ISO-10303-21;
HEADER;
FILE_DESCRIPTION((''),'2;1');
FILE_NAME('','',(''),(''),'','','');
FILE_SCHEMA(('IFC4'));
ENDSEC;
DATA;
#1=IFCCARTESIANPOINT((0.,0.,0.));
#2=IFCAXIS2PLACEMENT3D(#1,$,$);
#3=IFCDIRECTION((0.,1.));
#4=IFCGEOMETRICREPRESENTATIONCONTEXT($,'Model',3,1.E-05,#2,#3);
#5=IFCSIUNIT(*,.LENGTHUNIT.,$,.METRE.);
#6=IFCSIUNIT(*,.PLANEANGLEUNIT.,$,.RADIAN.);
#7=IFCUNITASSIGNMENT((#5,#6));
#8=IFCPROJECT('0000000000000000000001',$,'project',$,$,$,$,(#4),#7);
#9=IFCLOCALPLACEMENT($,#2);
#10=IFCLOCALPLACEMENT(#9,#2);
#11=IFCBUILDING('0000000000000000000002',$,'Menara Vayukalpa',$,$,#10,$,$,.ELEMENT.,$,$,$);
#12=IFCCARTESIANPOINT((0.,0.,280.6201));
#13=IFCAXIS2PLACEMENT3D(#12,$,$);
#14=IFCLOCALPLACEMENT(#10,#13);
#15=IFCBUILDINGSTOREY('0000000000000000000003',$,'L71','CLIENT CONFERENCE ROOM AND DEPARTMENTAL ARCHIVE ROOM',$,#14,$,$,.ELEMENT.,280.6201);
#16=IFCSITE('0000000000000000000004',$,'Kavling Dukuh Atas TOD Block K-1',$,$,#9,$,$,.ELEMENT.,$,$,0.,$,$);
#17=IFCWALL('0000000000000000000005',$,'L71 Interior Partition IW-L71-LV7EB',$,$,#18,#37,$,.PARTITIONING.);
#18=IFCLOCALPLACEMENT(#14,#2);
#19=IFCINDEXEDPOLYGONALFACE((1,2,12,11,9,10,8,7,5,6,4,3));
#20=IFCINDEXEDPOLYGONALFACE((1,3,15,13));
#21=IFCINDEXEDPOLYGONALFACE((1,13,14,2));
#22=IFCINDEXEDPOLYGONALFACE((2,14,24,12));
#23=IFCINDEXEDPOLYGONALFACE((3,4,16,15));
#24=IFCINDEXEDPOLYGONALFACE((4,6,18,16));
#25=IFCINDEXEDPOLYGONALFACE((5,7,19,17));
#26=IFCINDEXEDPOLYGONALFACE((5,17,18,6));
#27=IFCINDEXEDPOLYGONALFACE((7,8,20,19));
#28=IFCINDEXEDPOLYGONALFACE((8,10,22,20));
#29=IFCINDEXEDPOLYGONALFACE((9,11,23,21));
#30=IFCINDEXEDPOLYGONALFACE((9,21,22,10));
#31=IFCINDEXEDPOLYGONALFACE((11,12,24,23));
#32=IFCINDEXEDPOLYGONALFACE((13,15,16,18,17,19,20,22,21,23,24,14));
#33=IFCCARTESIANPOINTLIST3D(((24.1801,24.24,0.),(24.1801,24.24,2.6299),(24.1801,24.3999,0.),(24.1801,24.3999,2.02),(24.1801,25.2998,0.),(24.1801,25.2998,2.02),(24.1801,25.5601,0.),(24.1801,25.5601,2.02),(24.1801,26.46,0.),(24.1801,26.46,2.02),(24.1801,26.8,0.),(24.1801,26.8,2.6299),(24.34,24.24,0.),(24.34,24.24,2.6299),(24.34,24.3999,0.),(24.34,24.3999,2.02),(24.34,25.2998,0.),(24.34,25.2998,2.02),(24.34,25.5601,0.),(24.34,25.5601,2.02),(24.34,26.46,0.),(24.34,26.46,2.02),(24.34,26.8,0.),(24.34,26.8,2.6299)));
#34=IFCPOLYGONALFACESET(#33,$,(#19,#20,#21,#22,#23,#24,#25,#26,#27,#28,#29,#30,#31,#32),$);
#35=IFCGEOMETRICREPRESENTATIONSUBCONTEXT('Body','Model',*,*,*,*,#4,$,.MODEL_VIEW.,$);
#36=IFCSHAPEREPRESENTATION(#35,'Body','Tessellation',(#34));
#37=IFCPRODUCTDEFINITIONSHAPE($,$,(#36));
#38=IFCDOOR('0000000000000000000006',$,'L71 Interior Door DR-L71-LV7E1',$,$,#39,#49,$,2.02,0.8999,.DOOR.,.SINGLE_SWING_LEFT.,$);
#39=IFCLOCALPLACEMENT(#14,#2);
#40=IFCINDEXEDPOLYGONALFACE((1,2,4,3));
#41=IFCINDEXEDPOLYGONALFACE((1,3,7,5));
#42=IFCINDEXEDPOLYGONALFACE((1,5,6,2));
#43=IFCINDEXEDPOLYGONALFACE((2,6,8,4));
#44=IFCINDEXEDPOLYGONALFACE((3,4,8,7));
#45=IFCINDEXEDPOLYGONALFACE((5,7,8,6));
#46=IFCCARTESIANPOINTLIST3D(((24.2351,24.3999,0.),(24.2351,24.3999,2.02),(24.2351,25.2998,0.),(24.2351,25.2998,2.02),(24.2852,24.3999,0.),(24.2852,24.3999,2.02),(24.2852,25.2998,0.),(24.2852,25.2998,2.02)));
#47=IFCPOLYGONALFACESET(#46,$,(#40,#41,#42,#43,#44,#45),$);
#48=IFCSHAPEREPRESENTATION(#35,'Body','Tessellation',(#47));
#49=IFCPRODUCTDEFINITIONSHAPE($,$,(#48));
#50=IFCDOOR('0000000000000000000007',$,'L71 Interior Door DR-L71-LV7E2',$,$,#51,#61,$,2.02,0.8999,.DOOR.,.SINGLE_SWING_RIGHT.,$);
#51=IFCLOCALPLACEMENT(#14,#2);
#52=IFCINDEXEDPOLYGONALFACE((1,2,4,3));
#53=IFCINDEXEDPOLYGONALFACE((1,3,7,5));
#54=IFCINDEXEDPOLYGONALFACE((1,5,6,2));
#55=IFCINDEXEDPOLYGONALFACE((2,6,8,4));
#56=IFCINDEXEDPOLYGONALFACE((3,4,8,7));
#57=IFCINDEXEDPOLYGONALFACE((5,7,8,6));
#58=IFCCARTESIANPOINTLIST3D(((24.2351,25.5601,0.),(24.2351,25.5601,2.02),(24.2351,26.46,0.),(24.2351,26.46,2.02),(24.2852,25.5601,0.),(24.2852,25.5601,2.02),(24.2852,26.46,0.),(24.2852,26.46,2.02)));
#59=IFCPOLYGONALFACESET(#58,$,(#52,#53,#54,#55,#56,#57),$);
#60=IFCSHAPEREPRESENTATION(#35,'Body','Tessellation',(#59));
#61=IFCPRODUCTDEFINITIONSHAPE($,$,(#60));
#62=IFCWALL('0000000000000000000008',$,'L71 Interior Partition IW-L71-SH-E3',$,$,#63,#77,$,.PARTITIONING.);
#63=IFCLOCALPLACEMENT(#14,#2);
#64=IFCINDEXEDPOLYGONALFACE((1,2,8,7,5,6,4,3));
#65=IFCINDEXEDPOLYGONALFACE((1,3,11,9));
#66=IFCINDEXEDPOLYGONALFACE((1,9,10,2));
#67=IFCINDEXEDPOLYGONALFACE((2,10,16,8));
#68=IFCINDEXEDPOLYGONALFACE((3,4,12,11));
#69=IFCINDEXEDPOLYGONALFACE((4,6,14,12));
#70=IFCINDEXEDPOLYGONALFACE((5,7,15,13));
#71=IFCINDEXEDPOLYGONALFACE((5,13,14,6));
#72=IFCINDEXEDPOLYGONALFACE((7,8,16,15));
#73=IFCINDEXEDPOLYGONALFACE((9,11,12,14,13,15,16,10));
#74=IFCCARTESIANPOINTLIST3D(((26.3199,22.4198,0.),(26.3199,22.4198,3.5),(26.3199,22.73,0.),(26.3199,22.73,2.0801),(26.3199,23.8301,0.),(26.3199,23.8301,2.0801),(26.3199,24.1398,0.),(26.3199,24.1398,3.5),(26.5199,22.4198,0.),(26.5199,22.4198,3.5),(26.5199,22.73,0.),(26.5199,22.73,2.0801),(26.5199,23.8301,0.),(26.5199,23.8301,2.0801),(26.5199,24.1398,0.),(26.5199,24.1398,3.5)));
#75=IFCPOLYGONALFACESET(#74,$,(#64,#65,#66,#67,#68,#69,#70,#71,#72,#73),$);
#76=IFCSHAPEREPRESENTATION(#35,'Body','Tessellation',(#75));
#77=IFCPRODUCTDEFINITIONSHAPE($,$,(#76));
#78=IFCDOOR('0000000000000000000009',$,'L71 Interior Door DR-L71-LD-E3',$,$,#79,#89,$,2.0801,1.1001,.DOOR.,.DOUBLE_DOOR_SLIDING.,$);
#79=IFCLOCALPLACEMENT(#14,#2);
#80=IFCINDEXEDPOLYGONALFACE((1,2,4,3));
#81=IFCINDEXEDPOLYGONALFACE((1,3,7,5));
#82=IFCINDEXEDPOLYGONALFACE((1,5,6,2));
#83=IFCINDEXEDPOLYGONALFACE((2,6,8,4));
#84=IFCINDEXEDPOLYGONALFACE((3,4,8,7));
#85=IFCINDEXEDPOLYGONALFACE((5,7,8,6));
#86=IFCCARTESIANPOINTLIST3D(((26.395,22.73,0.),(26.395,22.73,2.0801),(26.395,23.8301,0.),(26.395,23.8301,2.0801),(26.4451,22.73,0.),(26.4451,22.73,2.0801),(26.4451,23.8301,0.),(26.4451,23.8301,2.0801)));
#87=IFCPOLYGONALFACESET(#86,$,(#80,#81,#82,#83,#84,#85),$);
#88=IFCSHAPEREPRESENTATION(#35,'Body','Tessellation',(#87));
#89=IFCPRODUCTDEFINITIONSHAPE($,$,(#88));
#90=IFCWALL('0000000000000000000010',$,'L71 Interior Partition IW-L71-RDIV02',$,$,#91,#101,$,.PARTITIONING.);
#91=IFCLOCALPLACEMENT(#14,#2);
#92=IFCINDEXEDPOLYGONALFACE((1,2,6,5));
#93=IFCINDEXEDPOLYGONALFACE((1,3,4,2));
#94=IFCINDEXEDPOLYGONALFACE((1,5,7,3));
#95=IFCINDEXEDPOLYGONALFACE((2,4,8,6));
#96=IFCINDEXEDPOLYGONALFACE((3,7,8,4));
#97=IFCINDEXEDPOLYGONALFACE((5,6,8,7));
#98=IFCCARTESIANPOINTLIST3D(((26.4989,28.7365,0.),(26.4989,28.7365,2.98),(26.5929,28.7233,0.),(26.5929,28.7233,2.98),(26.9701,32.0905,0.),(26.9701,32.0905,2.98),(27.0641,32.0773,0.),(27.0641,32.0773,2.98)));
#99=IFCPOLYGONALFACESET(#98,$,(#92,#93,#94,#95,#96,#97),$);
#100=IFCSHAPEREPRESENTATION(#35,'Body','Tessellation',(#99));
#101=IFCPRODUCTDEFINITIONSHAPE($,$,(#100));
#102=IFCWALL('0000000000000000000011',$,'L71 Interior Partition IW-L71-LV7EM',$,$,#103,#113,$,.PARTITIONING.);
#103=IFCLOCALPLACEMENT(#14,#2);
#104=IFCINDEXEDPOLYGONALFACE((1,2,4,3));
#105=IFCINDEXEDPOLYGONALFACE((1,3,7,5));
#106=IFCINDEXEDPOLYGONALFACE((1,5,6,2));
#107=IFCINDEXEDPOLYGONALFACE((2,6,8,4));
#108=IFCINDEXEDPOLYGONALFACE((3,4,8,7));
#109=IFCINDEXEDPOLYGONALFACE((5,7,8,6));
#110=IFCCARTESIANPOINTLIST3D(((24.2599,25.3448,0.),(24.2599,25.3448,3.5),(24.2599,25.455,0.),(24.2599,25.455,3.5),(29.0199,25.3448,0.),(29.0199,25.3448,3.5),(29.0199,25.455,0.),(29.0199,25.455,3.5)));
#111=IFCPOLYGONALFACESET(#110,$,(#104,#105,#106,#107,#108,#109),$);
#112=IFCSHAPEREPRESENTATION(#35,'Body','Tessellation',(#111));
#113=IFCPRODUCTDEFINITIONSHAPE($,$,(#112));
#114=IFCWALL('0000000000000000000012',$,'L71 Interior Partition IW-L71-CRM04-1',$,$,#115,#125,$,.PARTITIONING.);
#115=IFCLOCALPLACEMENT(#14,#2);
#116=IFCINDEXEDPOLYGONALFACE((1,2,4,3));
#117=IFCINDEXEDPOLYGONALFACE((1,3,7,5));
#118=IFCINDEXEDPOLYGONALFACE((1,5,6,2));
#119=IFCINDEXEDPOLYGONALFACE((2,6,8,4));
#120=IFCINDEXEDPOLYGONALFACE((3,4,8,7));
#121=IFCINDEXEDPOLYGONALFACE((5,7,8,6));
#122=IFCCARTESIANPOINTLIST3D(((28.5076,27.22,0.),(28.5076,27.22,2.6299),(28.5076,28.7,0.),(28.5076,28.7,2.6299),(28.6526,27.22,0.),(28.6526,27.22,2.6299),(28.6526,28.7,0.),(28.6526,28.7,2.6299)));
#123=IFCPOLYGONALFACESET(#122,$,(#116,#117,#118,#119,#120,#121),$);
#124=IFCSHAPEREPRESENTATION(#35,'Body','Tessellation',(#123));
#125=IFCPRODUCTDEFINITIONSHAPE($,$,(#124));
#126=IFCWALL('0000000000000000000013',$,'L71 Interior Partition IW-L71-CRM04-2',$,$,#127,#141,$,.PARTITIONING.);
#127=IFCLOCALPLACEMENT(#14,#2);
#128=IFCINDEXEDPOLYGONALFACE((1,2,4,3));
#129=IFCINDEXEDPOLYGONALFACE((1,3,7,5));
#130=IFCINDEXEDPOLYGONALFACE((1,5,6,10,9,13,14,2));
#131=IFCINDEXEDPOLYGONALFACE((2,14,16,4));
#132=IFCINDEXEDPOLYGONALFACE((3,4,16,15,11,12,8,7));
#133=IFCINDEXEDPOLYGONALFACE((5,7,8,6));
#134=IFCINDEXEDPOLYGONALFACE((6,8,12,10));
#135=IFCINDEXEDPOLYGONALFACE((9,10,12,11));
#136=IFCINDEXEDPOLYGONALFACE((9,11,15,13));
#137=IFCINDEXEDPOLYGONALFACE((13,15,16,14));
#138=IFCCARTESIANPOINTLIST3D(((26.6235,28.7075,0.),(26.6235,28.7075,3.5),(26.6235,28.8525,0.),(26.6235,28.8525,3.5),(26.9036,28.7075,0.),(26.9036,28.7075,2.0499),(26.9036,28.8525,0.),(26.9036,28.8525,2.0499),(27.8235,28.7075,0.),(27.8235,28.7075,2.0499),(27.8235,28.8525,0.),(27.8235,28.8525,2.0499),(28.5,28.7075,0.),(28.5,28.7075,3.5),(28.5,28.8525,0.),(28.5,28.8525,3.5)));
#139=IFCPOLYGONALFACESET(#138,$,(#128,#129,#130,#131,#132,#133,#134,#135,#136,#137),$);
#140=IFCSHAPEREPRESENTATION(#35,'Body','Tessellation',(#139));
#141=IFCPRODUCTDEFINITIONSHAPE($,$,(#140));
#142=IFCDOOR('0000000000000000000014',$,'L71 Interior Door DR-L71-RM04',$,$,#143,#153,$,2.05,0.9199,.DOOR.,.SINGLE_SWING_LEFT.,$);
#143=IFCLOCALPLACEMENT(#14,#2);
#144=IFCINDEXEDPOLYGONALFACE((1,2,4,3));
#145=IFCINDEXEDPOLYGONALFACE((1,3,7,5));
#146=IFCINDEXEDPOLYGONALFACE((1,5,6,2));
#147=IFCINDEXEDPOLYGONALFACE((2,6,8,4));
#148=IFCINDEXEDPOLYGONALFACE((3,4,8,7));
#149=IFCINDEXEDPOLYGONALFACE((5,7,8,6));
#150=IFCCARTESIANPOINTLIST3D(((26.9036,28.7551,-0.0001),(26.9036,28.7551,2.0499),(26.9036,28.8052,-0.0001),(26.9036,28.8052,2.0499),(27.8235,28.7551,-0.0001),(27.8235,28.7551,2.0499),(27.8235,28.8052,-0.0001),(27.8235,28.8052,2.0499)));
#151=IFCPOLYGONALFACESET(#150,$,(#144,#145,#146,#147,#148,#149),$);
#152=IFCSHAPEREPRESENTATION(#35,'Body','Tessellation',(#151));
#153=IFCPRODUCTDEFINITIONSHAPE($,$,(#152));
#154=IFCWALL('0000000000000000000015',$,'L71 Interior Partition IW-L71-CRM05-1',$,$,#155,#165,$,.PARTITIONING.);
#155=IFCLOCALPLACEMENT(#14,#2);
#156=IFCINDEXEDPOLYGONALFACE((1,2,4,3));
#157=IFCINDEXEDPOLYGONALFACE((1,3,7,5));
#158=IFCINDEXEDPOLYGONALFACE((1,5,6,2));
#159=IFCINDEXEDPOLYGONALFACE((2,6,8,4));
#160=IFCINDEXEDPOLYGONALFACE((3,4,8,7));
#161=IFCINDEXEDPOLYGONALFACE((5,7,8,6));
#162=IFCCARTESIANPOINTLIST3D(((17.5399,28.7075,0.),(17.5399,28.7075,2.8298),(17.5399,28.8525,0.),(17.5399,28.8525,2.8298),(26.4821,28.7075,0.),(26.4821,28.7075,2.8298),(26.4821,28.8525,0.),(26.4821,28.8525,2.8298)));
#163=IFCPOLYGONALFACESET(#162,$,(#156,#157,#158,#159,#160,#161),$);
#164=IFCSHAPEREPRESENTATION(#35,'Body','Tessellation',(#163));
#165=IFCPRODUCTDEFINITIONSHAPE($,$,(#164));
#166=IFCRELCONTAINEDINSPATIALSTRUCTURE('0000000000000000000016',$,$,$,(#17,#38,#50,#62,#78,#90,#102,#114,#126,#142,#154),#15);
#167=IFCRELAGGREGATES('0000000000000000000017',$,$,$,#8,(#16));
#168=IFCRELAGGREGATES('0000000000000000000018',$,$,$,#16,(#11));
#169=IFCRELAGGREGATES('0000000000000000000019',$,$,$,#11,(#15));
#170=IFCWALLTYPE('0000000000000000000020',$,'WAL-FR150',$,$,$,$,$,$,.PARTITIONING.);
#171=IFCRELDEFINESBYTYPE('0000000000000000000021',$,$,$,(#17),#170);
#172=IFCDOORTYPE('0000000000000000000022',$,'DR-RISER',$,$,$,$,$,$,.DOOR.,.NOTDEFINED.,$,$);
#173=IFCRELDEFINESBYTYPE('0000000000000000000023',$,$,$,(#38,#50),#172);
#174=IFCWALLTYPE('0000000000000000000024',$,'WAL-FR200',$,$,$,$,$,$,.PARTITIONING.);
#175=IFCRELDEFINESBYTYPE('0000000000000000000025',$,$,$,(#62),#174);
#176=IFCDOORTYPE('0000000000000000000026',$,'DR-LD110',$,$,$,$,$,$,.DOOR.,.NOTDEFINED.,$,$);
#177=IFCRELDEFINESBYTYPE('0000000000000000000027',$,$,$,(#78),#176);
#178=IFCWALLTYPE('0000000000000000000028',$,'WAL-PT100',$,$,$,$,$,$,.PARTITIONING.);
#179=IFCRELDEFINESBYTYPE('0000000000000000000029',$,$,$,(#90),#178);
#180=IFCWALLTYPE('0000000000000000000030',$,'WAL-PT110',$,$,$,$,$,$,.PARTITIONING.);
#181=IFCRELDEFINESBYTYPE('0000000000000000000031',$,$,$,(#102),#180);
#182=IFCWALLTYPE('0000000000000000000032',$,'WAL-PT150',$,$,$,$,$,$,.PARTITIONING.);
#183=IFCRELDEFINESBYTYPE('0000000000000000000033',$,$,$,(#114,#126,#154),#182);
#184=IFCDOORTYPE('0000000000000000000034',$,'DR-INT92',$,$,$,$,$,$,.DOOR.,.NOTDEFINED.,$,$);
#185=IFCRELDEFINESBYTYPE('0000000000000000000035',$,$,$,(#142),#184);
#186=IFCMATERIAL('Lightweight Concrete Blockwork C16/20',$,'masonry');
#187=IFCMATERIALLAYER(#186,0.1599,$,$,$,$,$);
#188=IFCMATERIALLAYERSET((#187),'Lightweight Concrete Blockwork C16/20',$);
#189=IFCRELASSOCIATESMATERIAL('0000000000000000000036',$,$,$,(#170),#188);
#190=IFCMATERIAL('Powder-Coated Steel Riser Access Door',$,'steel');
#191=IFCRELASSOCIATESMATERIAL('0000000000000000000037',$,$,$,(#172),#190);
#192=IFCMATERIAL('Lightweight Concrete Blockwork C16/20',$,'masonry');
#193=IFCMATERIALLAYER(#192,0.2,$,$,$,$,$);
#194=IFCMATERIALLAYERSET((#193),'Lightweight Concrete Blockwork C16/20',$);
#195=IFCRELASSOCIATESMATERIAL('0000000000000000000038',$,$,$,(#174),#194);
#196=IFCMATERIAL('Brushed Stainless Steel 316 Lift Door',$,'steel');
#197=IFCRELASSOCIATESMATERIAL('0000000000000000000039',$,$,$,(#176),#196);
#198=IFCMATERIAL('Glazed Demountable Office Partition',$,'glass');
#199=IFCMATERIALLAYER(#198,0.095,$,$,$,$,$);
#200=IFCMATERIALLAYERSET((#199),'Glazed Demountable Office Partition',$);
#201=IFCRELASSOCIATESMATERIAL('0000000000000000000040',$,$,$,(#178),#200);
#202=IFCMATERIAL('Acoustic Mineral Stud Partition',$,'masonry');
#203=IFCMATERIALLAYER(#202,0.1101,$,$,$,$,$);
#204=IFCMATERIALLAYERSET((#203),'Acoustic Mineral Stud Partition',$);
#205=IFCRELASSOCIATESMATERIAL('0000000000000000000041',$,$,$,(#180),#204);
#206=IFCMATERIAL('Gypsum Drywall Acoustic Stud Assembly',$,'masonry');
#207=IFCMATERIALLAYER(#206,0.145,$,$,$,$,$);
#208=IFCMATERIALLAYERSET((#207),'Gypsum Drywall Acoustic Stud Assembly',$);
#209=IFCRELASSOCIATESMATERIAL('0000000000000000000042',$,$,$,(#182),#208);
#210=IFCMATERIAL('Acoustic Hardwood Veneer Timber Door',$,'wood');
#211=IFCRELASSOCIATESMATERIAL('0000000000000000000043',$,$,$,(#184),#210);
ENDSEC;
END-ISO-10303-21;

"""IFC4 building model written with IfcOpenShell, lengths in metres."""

from ifc_helpers import new_model, si_unit, direction, frame, frame_2d, origin, place, context, subcontext, project, spatial, rectangle, extrude, material, layer, layer_set, type_object, element, fill, save


model = new_model("IFC4")

# Units and contexts
model_context = context("Model", 3, precision=1e-05, world=origin(), true_north=direction((0.0, 1.0)))
body_context = subcontext(model_context, "Body", "Model", "MODEL_VIEW")
ifc_project = project(units=[si_unit("LENGTHUNIT", "METRE"), si_unit("PLANEANGLEUNIT", "RADIAN")], contexts=[model_context])

# Site, building, storey
site_placement = place(None, origin())
site = spatial("IfcSite", under=ifc_project, at=site_placement, Name="Kavling Dukuh Atas TOD Block K-1", CompositionType="ELEMENT", RefElevation=0.0)
building_placement = place(site_placement, origin())
building = spatial("IfcBuilding", under=site, at=building_placement, Name="Menara Vayukalpa", CompositionType="ELEMENT")
storey_placement = place(building_placement, frame((0.0, 0.0, 280.6201)))
storey = spatial("IfcBuildingStorey", under=building, at=storey_placement, Name="L71", Description="CLIENT CONFERENCE ROOM AND DEPARTMENTAL ARCHIVE ROOM", CompositionType="ELEMENT", Elevation=280.6201)

# Shared definitions
ifc_material_1 = material(Name="Lightweight Concrete Blockwork C16/20", Category="masonry")
ifc_layer_1 = layer(ifc_material_1, 0.1599)
ifc_layer_set_1 = layer_set([ifc_layer_1], Name="Lightweight Concrete Blockwork C16/20")
wall_type_1 = type_object("IfcWallType", Name="WAL-FR150", PredefinedType="PARTITIONING", material=ifc_layer_set_1)

# Wall, openings, doors
wall_1_placement = place(storey_placement, frame((24.26, 24.24, 0.0), z_axis=(0.0, 0.0, 1.0), x_axis=(0.0, 1.0, 0.0)))
wall_1 = element("IfcWall", 1, at=wall_1_placement, inside=storey, type_object=wall_type_1, Name="L71 Interior Partition IW-L71-LV7EB", PredefinedType="PARTITIONING", context=body_context, shape_type="SweptSolid", body=[
    extrude(rectangle(XDim=2.5601, YDim=0.1599, at=frame_2d((1.28, 0.0))), origin(), (0.0, 0.0, 1.0), 2.6299),
])
opening_1_placement = place(wall_1_placement, frame((0.1599, 0.0, 0.0)))
opening_1 = element("IfcOpeningElement", 2, at=opening_1_placement, cuts=wall_1, PredefinedType="OPENING", context=body_context, shape_type="SweptSolid", body=[
    extrude(rectangle(XDim=0.8999, YDim=2.02, at=frame_2d((0.45, 1.01))), frame((0.0, 0.0898, 0.0), z_axis=(0.0, -1.0, 0.0), x_axis=(1.0, 0.0, 0.0)), (0.0, 0.0, 1.0), 0.1799),
])
opening_2_placement = place(wall_1_placement, frame((1.3201, 0.0, 0.0)))
opening_2 = element("IfcOpeningElement", 3, at=opening_2_placement, cuts=wall_1, PredefinedType="OPENING", context=body_context, shape_type="SweptSolid", body=[
    extrude(rectangle(XDim=0.8999, YDim=2.02, at=frame_2d((0.45, 1.01))), frame((0.0, 0.0898, 0.0), z_axis=(0.0, -1.0, 0.0), x_axis=(1.0, 0.0, 0.0)), (0.0, 0.0, 1.0), 0.1799),
])
ifc_material_2 = material(Name="Powder-Coated Steel Riser Access Door", Category="steel")
door_type_1 = type_object("IfcDoorType", Name="DR-RISER", OperationType="NOTDEFINED", PredefinedType="DOOR", material=ifc_material_2)
door_1_placement = place(opening_1_placement, origin())
door_1 = element("IfcDoor", 4, at=door_1_placement, inside=storey, type_object=door_type_1, Name="L71 Interior Door DR-L71-LV7E1", OperationType="SINGLE_SWING_LEFT", OverallHeight=2.02, OverallWidth=0.8999, PredefinedType="DOOR", context=body_context, shape_type="SweptSolid", body=[
    extrude(rectangle(XDim=0.8999, YDim=2.02, at=frame_2d((0.45, 1.01))), frame((0.0, 0.0249, 0.0), z_axis=(0.0, -1.0, 0.0), x_axis=(1.0, 0.0, 0.0)), (0.0, 0.0, 1.0), 0.05),
])
fill(opening_1, door_1)
door_2_placement = place(opening_2_placement, origin())
door_2 = element("IfcDoor", 5, at=door_2_placement, inside=storey, type_object=door_type_1, Name="L71 Interior Door DR-L71-LV7E2", OperationType="SINGLE_SWING_RIGHT", OverallHeight=2.02, OverallWidth=0.8999, PredefinedType="DOOR", context=body_context, shape_type="SweptSolid", body=[
    extrude(rectangle(XDim=0.8999, YDim=2.02, at=frame_2d((0.45, 1.01))), frame((0.0, 0.0249, 0.0), z_axis=(0.0, -1.0, 0.0), x_axis=(1.0, 0.0, 0.0)), (0.0, 0.0, 1.0), 0.05),
])
fill(opening_2, door_2)

# Wall, opening, door
ifc_material_3 = material(Name="Lightweight Concrete Blockwork C16/20", Category="masonry")
ifc_layer_2 = layer(ifc_material_3, 0.2)
ifc_layer_set_2 = layer_set([ifc_layer_2], Name="Lightweight Concrete Blockwork C16/20")
wall_type_2 = type_object("IfcWallType", Name="WAL-FR200", PredefinedType="PARTITIONING", material=ifc_layer_set_2)
wall_2_placement = place(storey_placement, frame((26.4199, 22.4199, 0.0), z_axis=(0.0, 0.0, 1.0), x_axis=(0.0, 1.0, 0.0)))
wall_2 = element("IfcWall", 6, at=wall_2_placement, inside=storey, type_object=wall_type_2, Name="L71 Interior Partition IW-L71-SH-E3", PredefinedType="PARTITIONING", context=body_context, shape_type="SweptSolid", body=[
    extrude(rectangle(XDim=1.72, YDim=0.2, at=frame_2d((0.8599, 0.0))), origin(), (0.0, 0.0, 1.0), 3.5),
])
opening_3_placement = place(wall_2_placement, frame((0.3101, 0.0, 0.0)))
opening_3 = element("IfcOpeningElement", 7, at=opening_3_placement, cuts=wall_2, PredefinedType="OPENING", context=body_context, shape_type="SweptSolid", body=[
    extrude(rectangle(XDim=1.1001, YDim=2.0801, at=frame_2d((0.55, 1.04))), frame((0.0, 0.1099, 0.0), z_axis=(0.0, -1.0, 0.0), x_axis=(1.0, 0.0, 0.0)), (0.0, 0.0, 1.0), 0.22),
])
ifc_material_4 = material(Name="Brushed Stainless Steel 316 Lift Door", Category="steel")
door_type_2 = type_object("IfcDoorType", Name="DR-LD110", OperationType="NOTDEFINED", PredefinedType="DOOR", material=ifc_material_4)
door_3_placement = place(opening_3_placement, origin())
door_3 = element("IfcDoor", 8, at=door_3_placement, inside=storey, type_object=door_type_2, Name="L71 Interior Door DR-L71-LD-E3", OperationType="DOUBLE_DOOR_SLIDING", OverallHeight=2.0801, OverallWidth=1.1001, PredefinedType="DOOR", context=body_context, shape_type="SweptSolid", body=[
    extrude(rectangle(XDim=1.1001, YDim=2.0801, at=frame_2d((0.55, 1.04))), frame((0.0, 0.0249, 0.0), z_axis=(0.0, -1.0, 0.0), x_axis=(1.0, 0.0, 0.0)), (0.0, 0.0, 1.0), 0.05),
])
fill(opening_3, door_3)

# Walls
ifc_material_5 = material(Name="Glazed Demountable Office Partition", Category="glass")
ifc_layer_3 = layer(ifc_material_5, 0.095)
ifc_layer_set_3 = layer_set([ifc_layer_3], Name="Glazed Demountable Office Partition")
wall_type_3 = type_object("IfcWallType", Name="WAL-PT100", PredefinedType="PARTITIONING", material=ifc_layer_set_3)
wall_3_placement = place(storey_placement, frame((26.5459, 28.73, 0.0), z_axis=(0.0, 0.0, 1.0), x_axis=(0.13912, 0.990276, 0.0)))
element("IfcWall", 9, at=wall_3_placement, inside=storey, type_object=wall_type_3, Name="L71 Interior Partition IW-L71-RDIV02", PredefinedType="PARTITIONING", context=body_context, shape_type="SweptSolid", body=[
    extrude(rectangle(XDim=3.387, YDim=0.095, at=frame_2d((1.6934, 0.0))), origin(), (0.0, 0.0, 1.0), 2.98),
])
ifc_material_6 = material(Name="Acoustic Mineral Stud Partition", Category="masonry")
ifc_layer_4 = layer(ifc_material_6, 0.1101)
ifc_layer_set_4 = layer_set([ifc_layer_4], Name="Acoustic Mineral Stud Partition")
wall_type_4 = type_object("IfcWallType", Name="WAL-PT110", PredefinedType="PARTITIONING", material=ifc_layer_set_4)
wall_4_placement = place(storey_placement, frame((24.26, 25.3999, 0.0), z_axis=(0.0, 0.0, 1.0), x_axis=(1.0, 0.0, 0.0)))
element("IfcWall", 10, at=wall_4_placement, inside=storey, type_object=wall_type_4, Name="L71 Interior Partition IW-L71-LV7EM", PredefinedType="PARTITIONING", context=body_context, shape_type="SweptSolid", body=[
    extrude(rectangle(XDim=4.76, YDim=0.1101, at=frame_2d((2.3799, 0.0))), origin(), (0.0, 0.0, 1.0), 3.5),
])
ifc_material_7 = material(Name="Gypsum Drywall Acoustic Stud Assembly", Category="masonry")
ifc_layer_5 = layer(ifc_material_7, 0.145)
ifc_layer_set_5 = layer_set([ifc_layer_5], Name="Gypsum Drywall Acoustic Stud Assembly")
wall_type_5 = type_object("IfcWallType", Name="WAL-PT150", PredefinedType="PARTITIONING", material=ifc_layer_set_5)
wall_5_placement = place(storey_placement, frame((28.5801, 27.22, 0.0), z_axis=(0.0, 0.0, 1.0), x_axis=(0.0, 1.0, 0.0)))
element("IfcWall", 11, at=wall_5_placement, inside=storey, type_object=wall_type_5, Name="L71 Interior Partition IW-L71-CRM04-1", PredefinedType="PARTITIONING", context=body_context, shape_type="SweptSolid", body=[
    extrude(rectangle(XDim=1.48, YDim=0.145, at=frame_2d((0.74, 0.0))), origin(), (0.0, 0.0, 1.0), 2.6299),
])

# Wall, opening, door
wall_6_placement = place(storey_placement, frame((28.5, 28.78, 0.0), z_axis=(0.0, 0.0, 1.0), x_axis=(-1.0, 0.0, 0.0)))
wall_6 = element("IfcWall", 12, at=wall_6_placement, inside=storey, type_object=wall_type_5, Name="L71 Interior Partition IW-L71-CRM04-2", PredefinedType="PARTITIONING", context=body_context, shape_type="SweptSolid", body=[
    extrude(rectangle(XDim=1.8765, YDim=0.145, at=frame_2d((0.9382, 0.0))), origin(), (0.0, 0.0, 1.0), 3.5),
])
opening_4_placement = place(wall_6_placement, frame((0.6765, 0.0, 0.0)))
opening_4 = element("IfcOpeningElement", 13, at=opening_4_placement, cuts=wall_6, PredefinedType="OPENING", context=body_context, shape_type="SweptSolid", body=[
    extrude(rectangle(XDim=0.9199, YDim=2.05, at=frame_2d((0.46, 1.0249))), frame((0.0, 0.0825, 0.0), z_axis=(0.0, -1.0, 0.0), x_axis=(1.0, 0.0, 0.0)), (0.0, 0.0, 1.0), 0.165),
])
ifc_material_8 = material(Name="Acoustic Hardwood Veneer Timber Door", Category="wood")
door_type_3 = type_object("IfcDoorType", Name="DR-INT92", OperationType="NOTDEFINED", PredefinedType="DOOR", material=ifc_material_8)
door_4_placement = place(opening_4_placement, origin())
door_4 = element("IfcDoor", 14, at=door_4_placement, inside=storey, type_object=door_type_3, Name="L71 Interior Door DR-L71-RM04", OperationType="SINGLE_SWING_LEFT", OverallHeight=2.05, OverallWidth=0.9199, PredefinedType="DOOR", context=body_context, shape_type="SweptSolid", body=[
    extrude(rectangle(XDim=0.9199, YDim=2.05, at=frame_2d((0.46, 1.0249))), frame((0.0, 0.0249, 0.0), z_axis=(0.0, -1.0, 0.0), x_axis=(1.0, 0.0, 0.0)), (0.0, 0.0, 1.0), 0.05),
])
fill(opening_4, door_4)

# Wall
wall_7_placement = place(storey_placement, frame((26.4822, 28.78, 0.0), z_axis=(0.0, 0.0, 1.0), x_axis=(-1.0, 0.0, 0.0)))
element("IfcWall", 15, at=wall_7_placement, inside=storey, type_object=wall_type_5, Name="L71 Interior Partition IW-L71-CRM05-1", PredefinedType="PARTITIONING", context=body_context, shape_type="SweptSolid", body=[
    extrude(rectangle(XDim=8.9421, YDim=0.145, at=frame_2d((4.4712, 0.0))), origin(), (0.0, 0.0, 1.0), 2.8298),
])

save(model, "model.ifc")
